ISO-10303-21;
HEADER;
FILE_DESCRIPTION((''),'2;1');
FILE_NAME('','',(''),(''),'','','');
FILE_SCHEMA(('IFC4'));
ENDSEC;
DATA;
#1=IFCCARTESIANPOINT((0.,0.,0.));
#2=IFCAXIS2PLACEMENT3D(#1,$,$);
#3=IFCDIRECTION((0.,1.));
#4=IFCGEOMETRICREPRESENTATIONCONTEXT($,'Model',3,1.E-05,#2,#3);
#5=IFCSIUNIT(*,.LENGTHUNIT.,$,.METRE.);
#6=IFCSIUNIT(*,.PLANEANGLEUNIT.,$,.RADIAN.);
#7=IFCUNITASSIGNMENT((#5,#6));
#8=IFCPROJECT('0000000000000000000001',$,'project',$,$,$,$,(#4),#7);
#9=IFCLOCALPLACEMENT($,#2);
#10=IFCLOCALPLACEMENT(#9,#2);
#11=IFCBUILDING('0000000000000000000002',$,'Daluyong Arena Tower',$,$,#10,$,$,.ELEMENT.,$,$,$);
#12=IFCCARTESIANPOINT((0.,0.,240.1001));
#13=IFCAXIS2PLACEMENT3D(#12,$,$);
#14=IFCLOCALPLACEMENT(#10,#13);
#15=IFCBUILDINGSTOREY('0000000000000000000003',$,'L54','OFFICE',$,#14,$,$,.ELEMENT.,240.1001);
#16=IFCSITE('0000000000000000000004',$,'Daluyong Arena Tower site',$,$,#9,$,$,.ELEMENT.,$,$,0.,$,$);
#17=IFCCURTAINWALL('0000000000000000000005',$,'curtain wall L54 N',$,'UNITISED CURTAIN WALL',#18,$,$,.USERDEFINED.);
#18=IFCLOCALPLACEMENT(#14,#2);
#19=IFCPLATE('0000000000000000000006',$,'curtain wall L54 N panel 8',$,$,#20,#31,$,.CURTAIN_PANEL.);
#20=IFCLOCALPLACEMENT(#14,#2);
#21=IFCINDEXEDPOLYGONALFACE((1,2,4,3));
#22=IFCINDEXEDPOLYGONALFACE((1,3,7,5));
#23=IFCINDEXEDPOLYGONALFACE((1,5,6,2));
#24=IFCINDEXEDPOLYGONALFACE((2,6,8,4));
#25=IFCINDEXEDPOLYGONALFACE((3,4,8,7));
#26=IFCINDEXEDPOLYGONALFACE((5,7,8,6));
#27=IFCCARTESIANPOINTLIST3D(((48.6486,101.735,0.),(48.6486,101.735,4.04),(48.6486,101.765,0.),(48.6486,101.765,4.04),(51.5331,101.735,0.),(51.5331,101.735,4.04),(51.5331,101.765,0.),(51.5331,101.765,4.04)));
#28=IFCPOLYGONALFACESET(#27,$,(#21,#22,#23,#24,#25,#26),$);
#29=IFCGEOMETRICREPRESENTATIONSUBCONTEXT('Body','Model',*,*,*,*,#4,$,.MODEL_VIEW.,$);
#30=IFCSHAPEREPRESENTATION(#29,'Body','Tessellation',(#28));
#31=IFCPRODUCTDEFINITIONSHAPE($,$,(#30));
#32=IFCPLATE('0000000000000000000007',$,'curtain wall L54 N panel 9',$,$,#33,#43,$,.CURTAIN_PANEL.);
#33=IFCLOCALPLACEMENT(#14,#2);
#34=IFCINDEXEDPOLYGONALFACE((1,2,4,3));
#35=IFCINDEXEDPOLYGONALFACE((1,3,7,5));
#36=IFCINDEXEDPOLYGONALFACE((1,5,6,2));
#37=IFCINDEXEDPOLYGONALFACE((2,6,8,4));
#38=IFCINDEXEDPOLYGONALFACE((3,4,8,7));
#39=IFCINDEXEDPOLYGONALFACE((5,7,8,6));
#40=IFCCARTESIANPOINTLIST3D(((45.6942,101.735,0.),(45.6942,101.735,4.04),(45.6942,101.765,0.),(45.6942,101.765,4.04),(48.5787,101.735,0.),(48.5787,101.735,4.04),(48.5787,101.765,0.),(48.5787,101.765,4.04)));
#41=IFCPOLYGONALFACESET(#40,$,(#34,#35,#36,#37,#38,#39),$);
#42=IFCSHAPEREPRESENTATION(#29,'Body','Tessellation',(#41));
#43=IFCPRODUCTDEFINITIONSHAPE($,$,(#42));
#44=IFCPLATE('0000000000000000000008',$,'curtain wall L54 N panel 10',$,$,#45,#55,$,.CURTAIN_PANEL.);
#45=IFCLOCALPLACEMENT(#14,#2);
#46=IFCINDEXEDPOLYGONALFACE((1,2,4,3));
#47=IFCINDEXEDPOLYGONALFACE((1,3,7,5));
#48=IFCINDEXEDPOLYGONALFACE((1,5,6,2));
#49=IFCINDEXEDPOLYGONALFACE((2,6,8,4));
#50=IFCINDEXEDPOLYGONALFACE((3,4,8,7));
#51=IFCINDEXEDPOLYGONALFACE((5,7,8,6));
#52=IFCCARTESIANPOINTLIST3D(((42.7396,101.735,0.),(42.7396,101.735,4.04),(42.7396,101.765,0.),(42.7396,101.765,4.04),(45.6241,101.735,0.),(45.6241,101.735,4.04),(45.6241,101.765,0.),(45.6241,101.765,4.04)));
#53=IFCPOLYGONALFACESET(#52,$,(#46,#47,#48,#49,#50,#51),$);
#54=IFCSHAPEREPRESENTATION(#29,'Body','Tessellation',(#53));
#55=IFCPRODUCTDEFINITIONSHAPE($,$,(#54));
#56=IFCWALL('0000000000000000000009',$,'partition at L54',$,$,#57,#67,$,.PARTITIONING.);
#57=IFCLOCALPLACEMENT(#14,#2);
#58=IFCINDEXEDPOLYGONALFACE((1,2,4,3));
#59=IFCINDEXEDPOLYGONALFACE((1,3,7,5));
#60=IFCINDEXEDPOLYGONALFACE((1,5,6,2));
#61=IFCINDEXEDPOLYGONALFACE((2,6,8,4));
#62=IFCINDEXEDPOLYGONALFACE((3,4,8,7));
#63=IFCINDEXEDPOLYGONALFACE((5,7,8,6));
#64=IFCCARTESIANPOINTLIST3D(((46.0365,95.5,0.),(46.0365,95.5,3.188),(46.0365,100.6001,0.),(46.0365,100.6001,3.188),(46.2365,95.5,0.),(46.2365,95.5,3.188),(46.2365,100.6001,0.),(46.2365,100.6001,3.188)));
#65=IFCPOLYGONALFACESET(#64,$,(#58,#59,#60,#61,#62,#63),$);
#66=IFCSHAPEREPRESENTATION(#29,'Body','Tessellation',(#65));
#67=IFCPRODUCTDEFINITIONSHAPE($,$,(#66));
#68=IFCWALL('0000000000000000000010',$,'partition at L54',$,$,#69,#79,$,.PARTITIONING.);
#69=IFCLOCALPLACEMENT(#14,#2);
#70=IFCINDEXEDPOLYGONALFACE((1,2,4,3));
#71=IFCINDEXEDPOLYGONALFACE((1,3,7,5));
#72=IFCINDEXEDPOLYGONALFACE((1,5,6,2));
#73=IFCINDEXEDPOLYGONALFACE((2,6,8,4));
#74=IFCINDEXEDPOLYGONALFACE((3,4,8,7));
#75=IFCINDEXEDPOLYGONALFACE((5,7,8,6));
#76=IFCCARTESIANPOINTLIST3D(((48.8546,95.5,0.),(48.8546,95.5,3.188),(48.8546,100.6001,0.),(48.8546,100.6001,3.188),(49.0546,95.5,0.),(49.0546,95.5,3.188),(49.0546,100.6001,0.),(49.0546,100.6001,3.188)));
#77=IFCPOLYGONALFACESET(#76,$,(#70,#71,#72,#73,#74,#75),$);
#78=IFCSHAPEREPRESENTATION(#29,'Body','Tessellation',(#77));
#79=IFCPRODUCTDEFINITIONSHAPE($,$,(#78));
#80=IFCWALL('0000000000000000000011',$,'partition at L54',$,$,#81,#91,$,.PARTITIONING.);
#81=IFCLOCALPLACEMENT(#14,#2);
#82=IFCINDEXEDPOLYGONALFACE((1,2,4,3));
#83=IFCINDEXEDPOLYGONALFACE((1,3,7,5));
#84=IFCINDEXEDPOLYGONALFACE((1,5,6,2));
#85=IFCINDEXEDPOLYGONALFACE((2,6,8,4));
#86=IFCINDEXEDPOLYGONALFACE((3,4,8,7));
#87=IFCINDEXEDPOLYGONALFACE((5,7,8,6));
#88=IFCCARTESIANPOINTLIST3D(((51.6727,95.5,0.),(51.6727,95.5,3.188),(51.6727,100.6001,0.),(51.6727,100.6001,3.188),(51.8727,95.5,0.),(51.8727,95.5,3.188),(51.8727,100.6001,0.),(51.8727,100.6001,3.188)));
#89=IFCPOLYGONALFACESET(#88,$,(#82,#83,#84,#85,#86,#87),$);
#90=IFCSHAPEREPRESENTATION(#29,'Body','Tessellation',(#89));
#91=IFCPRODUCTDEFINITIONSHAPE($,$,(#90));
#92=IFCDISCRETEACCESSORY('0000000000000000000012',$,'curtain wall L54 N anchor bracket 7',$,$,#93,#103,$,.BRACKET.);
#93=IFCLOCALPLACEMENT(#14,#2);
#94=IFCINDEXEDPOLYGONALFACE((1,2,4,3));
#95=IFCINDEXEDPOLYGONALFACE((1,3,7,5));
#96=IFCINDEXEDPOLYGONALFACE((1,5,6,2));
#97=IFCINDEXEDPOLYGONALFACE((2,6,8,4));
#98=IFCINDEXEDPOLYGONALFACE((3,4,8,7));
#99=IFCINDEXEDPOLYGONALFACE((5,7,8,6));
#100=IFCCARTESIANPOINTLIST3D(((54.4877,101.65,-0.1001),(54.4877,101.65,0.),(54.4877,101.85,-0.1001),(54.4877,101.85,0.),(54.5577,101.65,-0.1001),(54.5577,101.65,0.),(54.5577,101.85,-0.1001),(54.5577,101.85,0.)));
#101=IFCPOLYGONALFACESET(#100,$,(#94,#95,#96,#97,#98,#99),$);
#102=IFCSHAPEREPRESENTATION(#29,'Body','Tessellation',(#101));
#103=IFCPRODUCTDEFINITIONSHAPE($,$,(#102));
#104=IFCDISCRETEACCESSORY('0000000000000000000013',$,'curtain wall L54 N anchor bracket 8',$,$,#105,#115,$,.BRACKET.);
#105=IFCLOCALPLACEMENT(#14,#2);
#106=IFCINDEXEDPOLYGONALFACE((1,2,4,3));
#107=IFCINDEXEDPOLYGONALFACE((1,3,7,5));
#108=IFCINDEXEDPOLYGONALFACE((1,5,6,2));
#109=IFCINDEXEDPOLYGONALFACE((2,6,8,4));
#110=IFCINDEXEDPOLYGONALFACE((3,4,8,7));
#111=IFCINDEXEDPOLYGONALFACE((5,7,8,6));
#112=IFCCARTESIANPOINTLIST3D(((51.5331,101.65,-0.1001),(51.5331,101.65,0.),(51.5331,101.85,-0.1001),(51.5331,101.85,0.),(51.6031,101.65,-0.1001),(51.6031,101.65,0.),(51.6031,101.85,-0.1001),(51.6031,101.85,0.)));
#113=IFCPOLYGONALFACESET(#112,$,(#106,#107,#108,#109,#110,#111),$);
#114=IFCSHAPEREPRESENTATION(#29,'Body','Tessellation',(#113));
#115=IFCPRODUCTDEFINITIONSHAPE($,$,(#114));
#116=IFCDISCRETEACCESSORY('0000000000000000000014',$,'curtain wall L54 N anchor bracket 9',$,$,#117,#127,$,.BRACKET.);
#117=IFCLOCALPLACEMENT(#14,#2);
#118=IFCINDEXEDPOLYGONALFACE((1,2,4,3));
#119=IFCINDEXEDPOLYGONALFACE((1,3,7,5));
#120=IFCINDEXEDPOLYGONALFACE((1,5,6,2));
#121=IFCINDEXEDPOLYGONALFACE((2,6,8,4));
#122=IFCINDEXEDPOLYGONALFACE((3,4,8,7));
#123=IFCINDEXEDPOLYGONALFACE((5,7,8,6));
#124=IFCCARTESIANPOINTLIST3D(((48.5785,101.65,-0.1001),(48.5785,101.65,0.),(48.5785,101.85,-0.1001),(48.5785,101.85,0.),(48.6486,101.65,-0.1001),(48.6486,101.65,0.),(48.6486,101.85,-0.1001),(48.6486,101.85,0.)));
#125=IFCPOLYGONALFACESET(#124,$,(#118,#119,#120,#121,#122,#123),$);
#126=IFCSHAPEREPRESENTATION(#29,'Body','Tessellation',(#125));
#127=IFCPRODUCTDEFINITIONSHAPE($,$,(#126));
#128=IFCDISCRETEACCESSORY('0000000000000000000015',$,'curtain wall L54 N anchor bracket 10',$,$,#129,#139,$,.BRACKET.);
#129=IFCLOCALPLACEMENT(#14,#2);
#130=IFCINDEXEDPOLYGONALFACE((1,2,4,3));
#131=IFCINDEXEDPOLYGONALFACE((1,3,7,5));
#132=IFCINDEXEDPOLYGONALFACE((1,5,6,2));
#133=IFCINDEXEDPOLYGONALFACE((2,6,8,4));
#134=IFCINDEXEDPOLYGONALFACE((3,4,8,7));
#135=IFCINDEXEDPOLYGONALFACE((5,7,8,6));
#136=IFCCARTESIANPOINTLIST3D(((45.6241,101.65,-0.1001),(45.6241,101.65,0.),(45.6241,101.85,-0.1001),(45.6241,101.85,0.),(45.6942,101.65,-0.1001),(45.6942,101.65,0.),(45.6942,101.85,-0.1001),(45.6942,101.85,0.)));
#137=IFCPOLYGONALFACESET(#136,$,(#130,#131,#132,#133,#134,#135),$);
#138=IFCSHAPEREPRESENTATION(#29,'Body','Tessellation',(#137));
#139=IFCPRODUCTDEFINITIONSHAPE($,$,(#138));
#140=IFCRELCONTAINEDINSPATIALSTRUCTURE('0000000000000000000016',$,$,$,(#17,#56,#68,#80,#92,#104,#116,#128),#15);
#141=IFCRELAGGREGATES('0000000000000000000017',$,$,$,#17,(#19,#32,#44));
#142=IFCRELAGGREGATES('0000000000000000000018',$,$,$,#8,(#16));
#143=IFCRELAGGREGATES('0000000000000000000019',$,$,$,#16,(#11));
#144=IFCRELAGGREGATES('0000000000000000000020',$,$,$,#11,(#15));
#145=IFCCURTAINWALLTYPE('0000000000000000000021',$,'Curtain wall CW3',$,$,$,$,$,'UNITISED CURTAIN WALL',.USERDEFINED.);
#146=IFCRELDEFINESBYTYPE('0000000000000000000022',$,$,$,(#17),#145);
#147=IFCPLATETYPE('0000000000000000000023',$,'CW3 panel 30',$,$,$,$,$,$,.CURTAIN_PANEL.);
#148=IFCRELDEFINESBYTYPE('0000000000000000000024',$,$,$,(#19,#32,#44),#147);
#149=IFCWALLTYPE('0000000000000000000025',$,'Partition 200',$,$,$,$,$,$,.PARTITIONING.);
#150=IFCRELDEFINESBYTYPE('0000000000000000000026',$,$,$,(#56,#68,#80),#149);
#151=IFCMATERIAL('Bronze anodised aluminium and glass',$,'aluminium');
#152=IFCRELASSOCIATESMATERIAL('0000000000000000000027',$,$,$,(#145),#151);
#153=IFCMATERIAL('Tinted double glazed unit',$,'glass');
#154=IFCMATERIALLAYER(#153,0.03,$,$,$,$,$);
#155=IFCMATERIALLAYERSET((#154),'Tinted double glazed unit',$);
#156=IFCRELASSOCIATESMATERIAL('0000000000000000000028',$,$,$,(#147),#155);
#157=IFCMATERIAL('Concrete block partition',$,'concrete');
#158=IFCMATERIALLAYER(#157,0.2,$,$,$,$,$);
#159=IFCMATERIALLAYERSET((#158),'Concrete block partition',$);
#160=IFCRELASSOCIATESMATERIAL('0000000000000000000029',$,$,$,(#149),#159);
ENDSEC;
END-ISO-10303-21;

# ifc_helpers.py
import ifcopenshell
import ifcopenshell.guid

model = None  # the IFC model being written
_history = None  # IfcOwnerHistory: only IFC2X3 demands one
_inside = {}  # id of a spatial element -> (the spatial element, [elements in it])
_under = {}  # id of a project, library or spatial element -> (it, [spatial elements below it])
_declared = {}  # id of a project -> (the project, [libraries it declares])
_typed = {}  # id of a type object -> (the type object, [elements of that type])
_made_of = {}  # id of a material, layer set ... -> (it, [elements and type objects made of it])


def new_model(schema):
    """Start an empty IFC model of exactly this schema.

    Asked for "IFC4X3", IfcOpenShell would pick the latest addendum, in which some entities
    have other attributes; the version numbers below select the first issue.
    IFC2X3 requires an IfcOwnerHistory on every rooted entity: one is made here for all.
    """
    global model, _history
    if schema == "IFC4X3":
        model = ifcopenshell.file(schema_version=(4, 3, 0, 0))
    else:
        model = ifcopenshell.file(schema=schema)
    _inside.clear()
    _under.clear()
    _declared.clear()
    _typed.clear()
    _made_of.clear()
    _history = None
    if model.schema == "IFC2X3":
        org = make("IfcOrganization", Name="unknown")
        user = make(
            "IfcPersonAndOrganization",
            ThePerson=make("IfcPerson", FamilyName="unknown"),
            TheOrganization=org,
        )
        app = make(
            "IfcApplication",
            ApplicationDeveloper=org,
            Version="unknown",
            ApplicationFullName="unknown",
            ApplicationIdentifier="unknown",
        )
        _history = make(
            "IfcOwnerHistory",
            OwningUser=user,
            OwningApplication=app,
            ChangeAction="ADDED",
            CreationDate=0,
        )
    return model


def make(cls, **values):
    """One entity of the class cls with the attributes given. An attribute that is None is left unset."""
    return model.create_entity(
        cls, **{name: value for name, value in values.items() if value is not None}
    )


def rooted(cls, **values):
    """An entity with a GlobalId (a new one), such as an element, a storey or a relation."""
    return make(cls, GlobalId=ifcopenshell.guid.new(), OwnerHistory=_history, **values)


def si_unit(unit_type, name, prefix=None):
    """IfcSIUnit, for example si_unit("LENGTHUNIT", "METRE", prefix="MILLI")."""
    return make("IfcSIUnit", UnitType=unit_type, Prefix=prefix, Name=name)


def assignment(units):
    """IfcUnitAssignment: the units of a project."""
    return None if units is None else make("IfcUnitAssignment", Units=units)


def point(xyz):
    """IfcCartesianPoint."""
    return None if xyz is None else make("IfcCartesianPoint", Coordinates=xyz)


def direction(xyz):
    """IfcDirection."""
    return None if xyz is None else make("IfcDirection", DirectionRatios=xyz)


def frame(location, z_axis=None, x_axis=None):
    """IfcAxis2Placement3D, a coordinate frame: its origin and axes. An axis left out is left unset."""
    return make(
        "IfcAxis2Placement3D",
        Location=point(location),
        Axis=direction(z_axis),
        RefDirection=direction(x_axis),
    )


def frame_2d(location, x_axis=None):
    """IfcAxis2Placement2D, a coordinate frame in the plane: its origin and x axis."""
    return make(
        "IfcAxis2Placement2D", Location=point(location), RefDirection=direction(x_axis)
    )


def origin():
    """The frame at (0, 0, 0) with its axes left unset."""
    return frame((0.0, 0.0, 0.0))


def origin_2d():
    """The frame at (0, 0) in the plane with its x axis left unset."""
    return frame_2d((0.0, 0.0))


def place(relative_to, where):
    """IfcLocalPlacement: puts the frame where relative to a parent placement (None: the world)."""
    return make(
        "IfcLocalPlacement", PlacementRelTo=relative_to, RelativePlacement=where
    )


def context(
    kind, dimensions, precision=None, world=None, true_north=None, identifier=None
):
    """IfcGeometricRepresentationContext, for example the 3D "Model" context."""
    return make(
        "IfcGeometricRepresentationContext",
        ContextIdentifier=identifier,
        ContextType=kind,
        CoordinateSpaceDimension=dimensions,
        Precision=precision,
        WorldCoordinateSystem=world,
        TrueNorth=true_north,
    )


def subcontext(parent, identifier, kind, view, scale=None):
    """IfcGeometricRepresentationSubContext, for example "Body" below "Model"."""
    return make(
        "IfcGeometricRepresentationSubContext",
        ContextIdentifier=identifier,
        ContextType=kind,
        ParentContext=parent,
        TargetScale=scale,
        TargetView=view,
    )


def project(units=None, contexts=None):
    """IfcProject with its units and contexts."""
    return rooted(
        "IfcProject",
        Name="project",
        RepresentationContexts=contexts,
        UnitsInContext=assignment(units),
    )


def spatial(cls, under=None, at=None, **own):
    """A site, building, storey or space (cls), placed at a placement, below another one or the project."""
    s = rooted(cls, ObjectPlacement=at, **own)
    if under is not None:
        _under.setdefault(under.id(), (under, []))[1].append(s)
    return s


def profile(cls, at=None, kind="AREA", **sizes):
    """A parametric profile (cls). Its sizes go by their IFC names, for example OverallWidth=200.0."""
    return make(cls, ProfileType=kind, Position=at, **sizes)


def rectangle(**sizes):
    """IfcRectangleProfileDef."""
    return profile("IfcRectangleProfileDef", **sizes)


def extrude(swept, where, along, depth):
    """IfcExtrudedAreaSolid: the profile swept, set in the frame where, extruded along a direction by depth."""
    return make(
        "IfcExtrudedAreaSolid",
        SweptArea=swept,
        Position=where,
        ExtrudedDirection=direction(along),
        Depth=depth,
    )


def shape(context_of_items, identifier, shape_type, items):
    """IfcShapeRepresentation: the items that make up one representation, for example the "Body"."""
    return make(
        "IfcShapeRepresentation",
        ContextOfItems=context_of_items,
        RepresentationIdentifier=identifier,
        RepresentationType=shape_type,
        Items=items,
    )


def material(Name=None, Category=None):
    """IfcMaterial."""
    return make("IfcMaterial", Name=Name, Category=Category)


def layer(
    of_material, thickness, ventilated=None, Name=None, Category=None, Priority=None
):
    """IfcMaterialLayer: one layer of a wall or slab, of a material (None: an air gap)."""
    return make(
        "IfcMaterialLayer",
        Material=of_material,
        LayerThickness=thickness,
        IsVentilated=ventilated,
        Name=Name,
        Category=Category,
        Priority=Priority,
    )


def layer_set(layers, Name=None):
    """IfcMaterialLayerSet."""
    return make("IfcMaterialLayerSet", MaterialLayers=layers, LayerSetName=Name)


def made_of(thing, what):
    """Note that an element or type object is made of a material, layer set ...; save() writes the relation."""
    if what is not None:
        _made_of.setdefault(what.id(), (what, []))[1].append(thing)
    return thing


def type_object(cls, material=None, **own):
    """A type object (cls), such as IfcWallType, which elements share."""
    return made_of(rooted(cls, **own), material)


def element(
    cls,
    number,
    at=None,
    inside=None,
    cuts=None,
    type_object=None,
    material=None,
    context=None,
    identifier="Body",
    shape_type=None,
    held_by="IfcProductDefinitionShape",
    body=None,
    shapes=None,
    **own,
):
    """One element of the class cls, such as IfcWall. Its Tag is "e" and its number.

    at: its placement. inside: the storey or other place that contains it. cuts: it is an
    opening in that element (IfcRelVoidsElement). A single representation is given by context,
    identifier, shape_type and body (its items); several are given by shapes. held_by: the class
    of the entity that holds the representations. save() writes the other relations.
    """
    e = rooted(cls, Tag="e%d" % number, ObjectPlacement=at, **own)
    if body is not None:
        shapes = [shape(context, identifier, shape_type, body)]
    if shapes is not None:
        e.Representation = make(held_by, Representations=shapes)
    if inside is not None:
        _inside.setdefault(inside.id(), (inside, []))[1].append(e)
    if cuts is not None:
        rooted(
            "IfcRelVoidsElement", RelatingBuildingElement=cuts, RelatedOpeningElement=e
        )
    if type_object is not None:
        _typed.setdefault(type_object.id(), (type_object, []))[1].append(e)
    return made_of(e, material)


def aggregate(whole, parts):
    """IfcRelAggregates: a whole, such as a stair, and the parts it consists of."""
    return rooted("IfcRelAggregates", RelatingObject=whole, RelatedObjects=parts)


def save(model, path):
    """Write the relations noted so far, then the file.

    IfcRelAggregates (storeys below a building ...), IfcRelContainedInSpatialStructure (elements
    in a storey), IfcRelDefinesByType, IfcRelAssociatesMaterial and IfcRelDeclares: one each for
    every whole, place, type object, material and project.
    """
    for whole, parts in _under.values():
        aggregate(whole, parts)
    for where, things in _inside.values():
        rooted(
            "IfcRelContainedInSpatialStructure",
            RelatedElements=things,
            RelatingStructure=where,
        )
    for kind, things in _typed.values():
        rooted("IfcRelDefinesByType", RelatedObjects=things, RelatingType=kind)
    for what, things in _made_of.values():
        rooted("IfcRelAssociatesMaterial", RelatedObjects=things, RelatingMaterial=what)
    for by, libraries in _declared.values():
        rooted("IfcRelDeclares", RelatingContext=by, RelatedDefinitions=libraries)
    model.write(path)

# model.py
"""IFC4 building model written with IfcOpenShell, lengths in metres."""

from ifc_helpers import new_model, si_unit, direction, frame, frame_2d, origin, origin_2d, place, context, subcontext, project, spatial, rectangle, extrude, material, layer, layer_set, type_object, element, aggregate, save


model = new_model("IFC4")

# Units and contexts
model_context = context("Model", 3, precision=1e-05, world=origin(), true_north=direction((0.0, 1.0)))
body_context = subcontext(model_context, "Body", "Model", "MODEL_VIEW")
ifc_project = project(units=[si_unit("LENGTHUNIT", "METRE"), si_unit("PLANEANGLEUNIT", "RADIAN")], contexts=[model_context])

# Site, building, storey
site_placement = place(None, origin())
site = spatial("IfcSite", under=ifc_project, at=site_placement, Name="Daluyong Arena Tower site", CompositionType="ELEMENT", RefElevation=0.0)
building_placement = place(site_placement, origin())
building = spatial("IfcBuilding", under=site, at=building_placement, Name="Daluyong Arena Tower", CompositionType="ELEMENT")
storey_placement = place(building_placement, frame((0.0, 0.0, 240.1001)))
storey = spatial("IfcBuildingStorey", under=building, at=storey_placement, Name="L54", Description="OFFICE", CompositionType="ELEMENT", Elevation=240.1001)

# Curtain wall
ifc_material_1 = material(Name="Bronze anodised aluminium and glass", Category="aluminium")
curtain_wall_type = type_object("IfcCurtainWallType", Name="Curtain wall CW3", ElementType="UNITISED CURTAIN WALL", PredefinedType="USERDEFINED", material=ifc_material_1)
curtain_wall_placement = place(storey_placement, origin())
curtain_wall = element("IfcCurtainWall", 1, at=curtain_wall_placement, inside=storey, type_object=curtain_wall_type, Name="curtain wall L54 N", ObjectType="UNITISED CURTAIN WALL", PredefinedType="USERDEFINED")

# Plates
ifc_material_2 = material(Name="Tinted double glazed unit", Category="glass")
ifc_layer_1 = layer(ifc_material_2, 0.03)
ifc_layer_set_1 = layer_set([ifc_layer_1], Name="Tinted double glazed unit")
plate_type = type_object("IfcPlateType", Name="CW3 panel 30", PredefinedType="CURTAIN_PANEL", material=ifc_layer_set_1)
plate_1_placement = place(storey_placement, frame((50.0908, 101.75, 0.0), z_axis=(0.0, 0.0, 1.0), x_axis=(-1.0, 0.0, 0.0)))
plate_1 = element("IfcPlate", 2, at=plate_1_placement, type_object=plate_type, Name="curtain wall L54 N panel 8", PredefinedType="CURTAIN_PANEL", context=body_context, shape_type="SweptSolid", body=[
    extrude(rectangle(XDim=2.8845, YDim=0.03, at=origin_2d()), origin(), (0.0, 0.0, 1.0), 4.04),
])
plate_2_placement = place(storey_placement, frame((47.1365, 101.75, 0.0), z_axis=(0.0, 0.0, 1.0), x_axis=(-1.0, 0.0, 0.0)))
plate_2 = element("IfcPlate", 3, at=plate_2_placement, type_object=plate_type, Name="curtain wall L54 N panel 9", PredefinedType="CURTAIN_PANEL", context=body_context, shape_type="SweptSolid", body=[
    extrude(rectangle(XDim=2.8845, YDim=0.03, at=origin_2d()), origin(), (0.0, 0.0, 1.0), 4.04),
])
plate_3_placement = place(storey_placement, frame((44.1819, 101.75, 0.0), z_axis=(0.0, 0.0, 1.0), x_axis=(-1.0, 0.0, 0.0)))
plate_3 = element("IfcPlate", 4, at=plate_3_placement, type_object=plate_type, Name="curtain wall L54 N panel 10", PredefinedType="CURTAIN_PANEL", context=body_context, shape_type="SweptSolid", body=[
    extrude(rectangle(XDim=2.8845, YDim=0.03, at=origin_2d()), origin(), (0.0, 0.0, 1.0), 4.04),
])
aggregate(curtain_wall, [plate_1, plate_2, plate_3])

# Walls
ifc_material_3 = material(Name="Concrete block partition", Category="concrete")
ifc_layer_2 = layer(ifc_material_3, 0.2)
ifc_layer_set_2 = layer_set([ifc_layer_2], Name="Concrete block partition")
wall_type_1 = type_object("IfcWallType", Name="Partition 200", PredefinedType="PARTITIONING", material=ifc_layer_set_2)
for number, where, z_axis, x_axis, name in (
    (5, (46.1365, 95.5, 0.0), (0.0, 0.0, 1.0), (0.0, 1.0, 0.0), "partition at L54"),
    (6, (48.9546, 95.5, 0.0), (0.0, 0.0, 1.0), (0.0, 1.0, 0.0), "partition at L54"),
    (7, (51.7727, 95.5, 0.0), (0.0, 0.0, 1.0), (0.0, 1.0, 0.0), "partition at L54"),
):
    element("IfcWall", number, at=place(storey_placement, frame(where, z_axis=z_axis, x_axis=x_axis)), inside=storey, type_object=wall_type_1, Name=name, PredefinedType="PARTITIONING", context=body_context, shape_type="SweptSolid", body=[
        extrude(rectangle(XDim=5.1001, YDim=0.2, at=frame_2d((2.55, 0.0))), origin(), (0.0, 0.0, 1.0), 3.188),
    ])

# Discrete accessories
for number, where, z_axis, x_axis, name in (
    (8, (54.5227, 101.75, -0.1001), (0.0, 0.0, 1.0), (-1.0, 0.0, 0.0), "curtain wall L54 N anchor bracket 7"),
    (9, (51.5681, 101.75, -0.1001), (0.0, 0.0, 1.0), (-1.0, 0.0, 0.0), "curtain wall L54 N anchor bracket 8"),
    (10, (48.6135, 101.75, -0.1001), (0.0, 0.0, 1.0), (-1.0, 0.0, 0.0), "curtain wall L54 N anchor bracket 9"),
    (11, (45.6592, 101.75, -0.1001), (0.0, 0.0, 1.0), (-1.0, 0.0, 0.0), "curtain wall L54 N anchor bracket 10"),
):
    element("IfcDiscreteAccessory", number, at=place(storey_placement, frame(where, z_axis=z_axis, x_axis=x_axis)), inside=storey, Name=name, PredefinedType="BRACKET", context=body_context, shape_type="SweptSolid", body=[
        extrude(rectangle(XDim=0.0701, YDim=0.2, at=origin_2d()), origin(), (0.0, 0.0, 1.0), 0.1001),
    ])

save(model, "model.ifc")
